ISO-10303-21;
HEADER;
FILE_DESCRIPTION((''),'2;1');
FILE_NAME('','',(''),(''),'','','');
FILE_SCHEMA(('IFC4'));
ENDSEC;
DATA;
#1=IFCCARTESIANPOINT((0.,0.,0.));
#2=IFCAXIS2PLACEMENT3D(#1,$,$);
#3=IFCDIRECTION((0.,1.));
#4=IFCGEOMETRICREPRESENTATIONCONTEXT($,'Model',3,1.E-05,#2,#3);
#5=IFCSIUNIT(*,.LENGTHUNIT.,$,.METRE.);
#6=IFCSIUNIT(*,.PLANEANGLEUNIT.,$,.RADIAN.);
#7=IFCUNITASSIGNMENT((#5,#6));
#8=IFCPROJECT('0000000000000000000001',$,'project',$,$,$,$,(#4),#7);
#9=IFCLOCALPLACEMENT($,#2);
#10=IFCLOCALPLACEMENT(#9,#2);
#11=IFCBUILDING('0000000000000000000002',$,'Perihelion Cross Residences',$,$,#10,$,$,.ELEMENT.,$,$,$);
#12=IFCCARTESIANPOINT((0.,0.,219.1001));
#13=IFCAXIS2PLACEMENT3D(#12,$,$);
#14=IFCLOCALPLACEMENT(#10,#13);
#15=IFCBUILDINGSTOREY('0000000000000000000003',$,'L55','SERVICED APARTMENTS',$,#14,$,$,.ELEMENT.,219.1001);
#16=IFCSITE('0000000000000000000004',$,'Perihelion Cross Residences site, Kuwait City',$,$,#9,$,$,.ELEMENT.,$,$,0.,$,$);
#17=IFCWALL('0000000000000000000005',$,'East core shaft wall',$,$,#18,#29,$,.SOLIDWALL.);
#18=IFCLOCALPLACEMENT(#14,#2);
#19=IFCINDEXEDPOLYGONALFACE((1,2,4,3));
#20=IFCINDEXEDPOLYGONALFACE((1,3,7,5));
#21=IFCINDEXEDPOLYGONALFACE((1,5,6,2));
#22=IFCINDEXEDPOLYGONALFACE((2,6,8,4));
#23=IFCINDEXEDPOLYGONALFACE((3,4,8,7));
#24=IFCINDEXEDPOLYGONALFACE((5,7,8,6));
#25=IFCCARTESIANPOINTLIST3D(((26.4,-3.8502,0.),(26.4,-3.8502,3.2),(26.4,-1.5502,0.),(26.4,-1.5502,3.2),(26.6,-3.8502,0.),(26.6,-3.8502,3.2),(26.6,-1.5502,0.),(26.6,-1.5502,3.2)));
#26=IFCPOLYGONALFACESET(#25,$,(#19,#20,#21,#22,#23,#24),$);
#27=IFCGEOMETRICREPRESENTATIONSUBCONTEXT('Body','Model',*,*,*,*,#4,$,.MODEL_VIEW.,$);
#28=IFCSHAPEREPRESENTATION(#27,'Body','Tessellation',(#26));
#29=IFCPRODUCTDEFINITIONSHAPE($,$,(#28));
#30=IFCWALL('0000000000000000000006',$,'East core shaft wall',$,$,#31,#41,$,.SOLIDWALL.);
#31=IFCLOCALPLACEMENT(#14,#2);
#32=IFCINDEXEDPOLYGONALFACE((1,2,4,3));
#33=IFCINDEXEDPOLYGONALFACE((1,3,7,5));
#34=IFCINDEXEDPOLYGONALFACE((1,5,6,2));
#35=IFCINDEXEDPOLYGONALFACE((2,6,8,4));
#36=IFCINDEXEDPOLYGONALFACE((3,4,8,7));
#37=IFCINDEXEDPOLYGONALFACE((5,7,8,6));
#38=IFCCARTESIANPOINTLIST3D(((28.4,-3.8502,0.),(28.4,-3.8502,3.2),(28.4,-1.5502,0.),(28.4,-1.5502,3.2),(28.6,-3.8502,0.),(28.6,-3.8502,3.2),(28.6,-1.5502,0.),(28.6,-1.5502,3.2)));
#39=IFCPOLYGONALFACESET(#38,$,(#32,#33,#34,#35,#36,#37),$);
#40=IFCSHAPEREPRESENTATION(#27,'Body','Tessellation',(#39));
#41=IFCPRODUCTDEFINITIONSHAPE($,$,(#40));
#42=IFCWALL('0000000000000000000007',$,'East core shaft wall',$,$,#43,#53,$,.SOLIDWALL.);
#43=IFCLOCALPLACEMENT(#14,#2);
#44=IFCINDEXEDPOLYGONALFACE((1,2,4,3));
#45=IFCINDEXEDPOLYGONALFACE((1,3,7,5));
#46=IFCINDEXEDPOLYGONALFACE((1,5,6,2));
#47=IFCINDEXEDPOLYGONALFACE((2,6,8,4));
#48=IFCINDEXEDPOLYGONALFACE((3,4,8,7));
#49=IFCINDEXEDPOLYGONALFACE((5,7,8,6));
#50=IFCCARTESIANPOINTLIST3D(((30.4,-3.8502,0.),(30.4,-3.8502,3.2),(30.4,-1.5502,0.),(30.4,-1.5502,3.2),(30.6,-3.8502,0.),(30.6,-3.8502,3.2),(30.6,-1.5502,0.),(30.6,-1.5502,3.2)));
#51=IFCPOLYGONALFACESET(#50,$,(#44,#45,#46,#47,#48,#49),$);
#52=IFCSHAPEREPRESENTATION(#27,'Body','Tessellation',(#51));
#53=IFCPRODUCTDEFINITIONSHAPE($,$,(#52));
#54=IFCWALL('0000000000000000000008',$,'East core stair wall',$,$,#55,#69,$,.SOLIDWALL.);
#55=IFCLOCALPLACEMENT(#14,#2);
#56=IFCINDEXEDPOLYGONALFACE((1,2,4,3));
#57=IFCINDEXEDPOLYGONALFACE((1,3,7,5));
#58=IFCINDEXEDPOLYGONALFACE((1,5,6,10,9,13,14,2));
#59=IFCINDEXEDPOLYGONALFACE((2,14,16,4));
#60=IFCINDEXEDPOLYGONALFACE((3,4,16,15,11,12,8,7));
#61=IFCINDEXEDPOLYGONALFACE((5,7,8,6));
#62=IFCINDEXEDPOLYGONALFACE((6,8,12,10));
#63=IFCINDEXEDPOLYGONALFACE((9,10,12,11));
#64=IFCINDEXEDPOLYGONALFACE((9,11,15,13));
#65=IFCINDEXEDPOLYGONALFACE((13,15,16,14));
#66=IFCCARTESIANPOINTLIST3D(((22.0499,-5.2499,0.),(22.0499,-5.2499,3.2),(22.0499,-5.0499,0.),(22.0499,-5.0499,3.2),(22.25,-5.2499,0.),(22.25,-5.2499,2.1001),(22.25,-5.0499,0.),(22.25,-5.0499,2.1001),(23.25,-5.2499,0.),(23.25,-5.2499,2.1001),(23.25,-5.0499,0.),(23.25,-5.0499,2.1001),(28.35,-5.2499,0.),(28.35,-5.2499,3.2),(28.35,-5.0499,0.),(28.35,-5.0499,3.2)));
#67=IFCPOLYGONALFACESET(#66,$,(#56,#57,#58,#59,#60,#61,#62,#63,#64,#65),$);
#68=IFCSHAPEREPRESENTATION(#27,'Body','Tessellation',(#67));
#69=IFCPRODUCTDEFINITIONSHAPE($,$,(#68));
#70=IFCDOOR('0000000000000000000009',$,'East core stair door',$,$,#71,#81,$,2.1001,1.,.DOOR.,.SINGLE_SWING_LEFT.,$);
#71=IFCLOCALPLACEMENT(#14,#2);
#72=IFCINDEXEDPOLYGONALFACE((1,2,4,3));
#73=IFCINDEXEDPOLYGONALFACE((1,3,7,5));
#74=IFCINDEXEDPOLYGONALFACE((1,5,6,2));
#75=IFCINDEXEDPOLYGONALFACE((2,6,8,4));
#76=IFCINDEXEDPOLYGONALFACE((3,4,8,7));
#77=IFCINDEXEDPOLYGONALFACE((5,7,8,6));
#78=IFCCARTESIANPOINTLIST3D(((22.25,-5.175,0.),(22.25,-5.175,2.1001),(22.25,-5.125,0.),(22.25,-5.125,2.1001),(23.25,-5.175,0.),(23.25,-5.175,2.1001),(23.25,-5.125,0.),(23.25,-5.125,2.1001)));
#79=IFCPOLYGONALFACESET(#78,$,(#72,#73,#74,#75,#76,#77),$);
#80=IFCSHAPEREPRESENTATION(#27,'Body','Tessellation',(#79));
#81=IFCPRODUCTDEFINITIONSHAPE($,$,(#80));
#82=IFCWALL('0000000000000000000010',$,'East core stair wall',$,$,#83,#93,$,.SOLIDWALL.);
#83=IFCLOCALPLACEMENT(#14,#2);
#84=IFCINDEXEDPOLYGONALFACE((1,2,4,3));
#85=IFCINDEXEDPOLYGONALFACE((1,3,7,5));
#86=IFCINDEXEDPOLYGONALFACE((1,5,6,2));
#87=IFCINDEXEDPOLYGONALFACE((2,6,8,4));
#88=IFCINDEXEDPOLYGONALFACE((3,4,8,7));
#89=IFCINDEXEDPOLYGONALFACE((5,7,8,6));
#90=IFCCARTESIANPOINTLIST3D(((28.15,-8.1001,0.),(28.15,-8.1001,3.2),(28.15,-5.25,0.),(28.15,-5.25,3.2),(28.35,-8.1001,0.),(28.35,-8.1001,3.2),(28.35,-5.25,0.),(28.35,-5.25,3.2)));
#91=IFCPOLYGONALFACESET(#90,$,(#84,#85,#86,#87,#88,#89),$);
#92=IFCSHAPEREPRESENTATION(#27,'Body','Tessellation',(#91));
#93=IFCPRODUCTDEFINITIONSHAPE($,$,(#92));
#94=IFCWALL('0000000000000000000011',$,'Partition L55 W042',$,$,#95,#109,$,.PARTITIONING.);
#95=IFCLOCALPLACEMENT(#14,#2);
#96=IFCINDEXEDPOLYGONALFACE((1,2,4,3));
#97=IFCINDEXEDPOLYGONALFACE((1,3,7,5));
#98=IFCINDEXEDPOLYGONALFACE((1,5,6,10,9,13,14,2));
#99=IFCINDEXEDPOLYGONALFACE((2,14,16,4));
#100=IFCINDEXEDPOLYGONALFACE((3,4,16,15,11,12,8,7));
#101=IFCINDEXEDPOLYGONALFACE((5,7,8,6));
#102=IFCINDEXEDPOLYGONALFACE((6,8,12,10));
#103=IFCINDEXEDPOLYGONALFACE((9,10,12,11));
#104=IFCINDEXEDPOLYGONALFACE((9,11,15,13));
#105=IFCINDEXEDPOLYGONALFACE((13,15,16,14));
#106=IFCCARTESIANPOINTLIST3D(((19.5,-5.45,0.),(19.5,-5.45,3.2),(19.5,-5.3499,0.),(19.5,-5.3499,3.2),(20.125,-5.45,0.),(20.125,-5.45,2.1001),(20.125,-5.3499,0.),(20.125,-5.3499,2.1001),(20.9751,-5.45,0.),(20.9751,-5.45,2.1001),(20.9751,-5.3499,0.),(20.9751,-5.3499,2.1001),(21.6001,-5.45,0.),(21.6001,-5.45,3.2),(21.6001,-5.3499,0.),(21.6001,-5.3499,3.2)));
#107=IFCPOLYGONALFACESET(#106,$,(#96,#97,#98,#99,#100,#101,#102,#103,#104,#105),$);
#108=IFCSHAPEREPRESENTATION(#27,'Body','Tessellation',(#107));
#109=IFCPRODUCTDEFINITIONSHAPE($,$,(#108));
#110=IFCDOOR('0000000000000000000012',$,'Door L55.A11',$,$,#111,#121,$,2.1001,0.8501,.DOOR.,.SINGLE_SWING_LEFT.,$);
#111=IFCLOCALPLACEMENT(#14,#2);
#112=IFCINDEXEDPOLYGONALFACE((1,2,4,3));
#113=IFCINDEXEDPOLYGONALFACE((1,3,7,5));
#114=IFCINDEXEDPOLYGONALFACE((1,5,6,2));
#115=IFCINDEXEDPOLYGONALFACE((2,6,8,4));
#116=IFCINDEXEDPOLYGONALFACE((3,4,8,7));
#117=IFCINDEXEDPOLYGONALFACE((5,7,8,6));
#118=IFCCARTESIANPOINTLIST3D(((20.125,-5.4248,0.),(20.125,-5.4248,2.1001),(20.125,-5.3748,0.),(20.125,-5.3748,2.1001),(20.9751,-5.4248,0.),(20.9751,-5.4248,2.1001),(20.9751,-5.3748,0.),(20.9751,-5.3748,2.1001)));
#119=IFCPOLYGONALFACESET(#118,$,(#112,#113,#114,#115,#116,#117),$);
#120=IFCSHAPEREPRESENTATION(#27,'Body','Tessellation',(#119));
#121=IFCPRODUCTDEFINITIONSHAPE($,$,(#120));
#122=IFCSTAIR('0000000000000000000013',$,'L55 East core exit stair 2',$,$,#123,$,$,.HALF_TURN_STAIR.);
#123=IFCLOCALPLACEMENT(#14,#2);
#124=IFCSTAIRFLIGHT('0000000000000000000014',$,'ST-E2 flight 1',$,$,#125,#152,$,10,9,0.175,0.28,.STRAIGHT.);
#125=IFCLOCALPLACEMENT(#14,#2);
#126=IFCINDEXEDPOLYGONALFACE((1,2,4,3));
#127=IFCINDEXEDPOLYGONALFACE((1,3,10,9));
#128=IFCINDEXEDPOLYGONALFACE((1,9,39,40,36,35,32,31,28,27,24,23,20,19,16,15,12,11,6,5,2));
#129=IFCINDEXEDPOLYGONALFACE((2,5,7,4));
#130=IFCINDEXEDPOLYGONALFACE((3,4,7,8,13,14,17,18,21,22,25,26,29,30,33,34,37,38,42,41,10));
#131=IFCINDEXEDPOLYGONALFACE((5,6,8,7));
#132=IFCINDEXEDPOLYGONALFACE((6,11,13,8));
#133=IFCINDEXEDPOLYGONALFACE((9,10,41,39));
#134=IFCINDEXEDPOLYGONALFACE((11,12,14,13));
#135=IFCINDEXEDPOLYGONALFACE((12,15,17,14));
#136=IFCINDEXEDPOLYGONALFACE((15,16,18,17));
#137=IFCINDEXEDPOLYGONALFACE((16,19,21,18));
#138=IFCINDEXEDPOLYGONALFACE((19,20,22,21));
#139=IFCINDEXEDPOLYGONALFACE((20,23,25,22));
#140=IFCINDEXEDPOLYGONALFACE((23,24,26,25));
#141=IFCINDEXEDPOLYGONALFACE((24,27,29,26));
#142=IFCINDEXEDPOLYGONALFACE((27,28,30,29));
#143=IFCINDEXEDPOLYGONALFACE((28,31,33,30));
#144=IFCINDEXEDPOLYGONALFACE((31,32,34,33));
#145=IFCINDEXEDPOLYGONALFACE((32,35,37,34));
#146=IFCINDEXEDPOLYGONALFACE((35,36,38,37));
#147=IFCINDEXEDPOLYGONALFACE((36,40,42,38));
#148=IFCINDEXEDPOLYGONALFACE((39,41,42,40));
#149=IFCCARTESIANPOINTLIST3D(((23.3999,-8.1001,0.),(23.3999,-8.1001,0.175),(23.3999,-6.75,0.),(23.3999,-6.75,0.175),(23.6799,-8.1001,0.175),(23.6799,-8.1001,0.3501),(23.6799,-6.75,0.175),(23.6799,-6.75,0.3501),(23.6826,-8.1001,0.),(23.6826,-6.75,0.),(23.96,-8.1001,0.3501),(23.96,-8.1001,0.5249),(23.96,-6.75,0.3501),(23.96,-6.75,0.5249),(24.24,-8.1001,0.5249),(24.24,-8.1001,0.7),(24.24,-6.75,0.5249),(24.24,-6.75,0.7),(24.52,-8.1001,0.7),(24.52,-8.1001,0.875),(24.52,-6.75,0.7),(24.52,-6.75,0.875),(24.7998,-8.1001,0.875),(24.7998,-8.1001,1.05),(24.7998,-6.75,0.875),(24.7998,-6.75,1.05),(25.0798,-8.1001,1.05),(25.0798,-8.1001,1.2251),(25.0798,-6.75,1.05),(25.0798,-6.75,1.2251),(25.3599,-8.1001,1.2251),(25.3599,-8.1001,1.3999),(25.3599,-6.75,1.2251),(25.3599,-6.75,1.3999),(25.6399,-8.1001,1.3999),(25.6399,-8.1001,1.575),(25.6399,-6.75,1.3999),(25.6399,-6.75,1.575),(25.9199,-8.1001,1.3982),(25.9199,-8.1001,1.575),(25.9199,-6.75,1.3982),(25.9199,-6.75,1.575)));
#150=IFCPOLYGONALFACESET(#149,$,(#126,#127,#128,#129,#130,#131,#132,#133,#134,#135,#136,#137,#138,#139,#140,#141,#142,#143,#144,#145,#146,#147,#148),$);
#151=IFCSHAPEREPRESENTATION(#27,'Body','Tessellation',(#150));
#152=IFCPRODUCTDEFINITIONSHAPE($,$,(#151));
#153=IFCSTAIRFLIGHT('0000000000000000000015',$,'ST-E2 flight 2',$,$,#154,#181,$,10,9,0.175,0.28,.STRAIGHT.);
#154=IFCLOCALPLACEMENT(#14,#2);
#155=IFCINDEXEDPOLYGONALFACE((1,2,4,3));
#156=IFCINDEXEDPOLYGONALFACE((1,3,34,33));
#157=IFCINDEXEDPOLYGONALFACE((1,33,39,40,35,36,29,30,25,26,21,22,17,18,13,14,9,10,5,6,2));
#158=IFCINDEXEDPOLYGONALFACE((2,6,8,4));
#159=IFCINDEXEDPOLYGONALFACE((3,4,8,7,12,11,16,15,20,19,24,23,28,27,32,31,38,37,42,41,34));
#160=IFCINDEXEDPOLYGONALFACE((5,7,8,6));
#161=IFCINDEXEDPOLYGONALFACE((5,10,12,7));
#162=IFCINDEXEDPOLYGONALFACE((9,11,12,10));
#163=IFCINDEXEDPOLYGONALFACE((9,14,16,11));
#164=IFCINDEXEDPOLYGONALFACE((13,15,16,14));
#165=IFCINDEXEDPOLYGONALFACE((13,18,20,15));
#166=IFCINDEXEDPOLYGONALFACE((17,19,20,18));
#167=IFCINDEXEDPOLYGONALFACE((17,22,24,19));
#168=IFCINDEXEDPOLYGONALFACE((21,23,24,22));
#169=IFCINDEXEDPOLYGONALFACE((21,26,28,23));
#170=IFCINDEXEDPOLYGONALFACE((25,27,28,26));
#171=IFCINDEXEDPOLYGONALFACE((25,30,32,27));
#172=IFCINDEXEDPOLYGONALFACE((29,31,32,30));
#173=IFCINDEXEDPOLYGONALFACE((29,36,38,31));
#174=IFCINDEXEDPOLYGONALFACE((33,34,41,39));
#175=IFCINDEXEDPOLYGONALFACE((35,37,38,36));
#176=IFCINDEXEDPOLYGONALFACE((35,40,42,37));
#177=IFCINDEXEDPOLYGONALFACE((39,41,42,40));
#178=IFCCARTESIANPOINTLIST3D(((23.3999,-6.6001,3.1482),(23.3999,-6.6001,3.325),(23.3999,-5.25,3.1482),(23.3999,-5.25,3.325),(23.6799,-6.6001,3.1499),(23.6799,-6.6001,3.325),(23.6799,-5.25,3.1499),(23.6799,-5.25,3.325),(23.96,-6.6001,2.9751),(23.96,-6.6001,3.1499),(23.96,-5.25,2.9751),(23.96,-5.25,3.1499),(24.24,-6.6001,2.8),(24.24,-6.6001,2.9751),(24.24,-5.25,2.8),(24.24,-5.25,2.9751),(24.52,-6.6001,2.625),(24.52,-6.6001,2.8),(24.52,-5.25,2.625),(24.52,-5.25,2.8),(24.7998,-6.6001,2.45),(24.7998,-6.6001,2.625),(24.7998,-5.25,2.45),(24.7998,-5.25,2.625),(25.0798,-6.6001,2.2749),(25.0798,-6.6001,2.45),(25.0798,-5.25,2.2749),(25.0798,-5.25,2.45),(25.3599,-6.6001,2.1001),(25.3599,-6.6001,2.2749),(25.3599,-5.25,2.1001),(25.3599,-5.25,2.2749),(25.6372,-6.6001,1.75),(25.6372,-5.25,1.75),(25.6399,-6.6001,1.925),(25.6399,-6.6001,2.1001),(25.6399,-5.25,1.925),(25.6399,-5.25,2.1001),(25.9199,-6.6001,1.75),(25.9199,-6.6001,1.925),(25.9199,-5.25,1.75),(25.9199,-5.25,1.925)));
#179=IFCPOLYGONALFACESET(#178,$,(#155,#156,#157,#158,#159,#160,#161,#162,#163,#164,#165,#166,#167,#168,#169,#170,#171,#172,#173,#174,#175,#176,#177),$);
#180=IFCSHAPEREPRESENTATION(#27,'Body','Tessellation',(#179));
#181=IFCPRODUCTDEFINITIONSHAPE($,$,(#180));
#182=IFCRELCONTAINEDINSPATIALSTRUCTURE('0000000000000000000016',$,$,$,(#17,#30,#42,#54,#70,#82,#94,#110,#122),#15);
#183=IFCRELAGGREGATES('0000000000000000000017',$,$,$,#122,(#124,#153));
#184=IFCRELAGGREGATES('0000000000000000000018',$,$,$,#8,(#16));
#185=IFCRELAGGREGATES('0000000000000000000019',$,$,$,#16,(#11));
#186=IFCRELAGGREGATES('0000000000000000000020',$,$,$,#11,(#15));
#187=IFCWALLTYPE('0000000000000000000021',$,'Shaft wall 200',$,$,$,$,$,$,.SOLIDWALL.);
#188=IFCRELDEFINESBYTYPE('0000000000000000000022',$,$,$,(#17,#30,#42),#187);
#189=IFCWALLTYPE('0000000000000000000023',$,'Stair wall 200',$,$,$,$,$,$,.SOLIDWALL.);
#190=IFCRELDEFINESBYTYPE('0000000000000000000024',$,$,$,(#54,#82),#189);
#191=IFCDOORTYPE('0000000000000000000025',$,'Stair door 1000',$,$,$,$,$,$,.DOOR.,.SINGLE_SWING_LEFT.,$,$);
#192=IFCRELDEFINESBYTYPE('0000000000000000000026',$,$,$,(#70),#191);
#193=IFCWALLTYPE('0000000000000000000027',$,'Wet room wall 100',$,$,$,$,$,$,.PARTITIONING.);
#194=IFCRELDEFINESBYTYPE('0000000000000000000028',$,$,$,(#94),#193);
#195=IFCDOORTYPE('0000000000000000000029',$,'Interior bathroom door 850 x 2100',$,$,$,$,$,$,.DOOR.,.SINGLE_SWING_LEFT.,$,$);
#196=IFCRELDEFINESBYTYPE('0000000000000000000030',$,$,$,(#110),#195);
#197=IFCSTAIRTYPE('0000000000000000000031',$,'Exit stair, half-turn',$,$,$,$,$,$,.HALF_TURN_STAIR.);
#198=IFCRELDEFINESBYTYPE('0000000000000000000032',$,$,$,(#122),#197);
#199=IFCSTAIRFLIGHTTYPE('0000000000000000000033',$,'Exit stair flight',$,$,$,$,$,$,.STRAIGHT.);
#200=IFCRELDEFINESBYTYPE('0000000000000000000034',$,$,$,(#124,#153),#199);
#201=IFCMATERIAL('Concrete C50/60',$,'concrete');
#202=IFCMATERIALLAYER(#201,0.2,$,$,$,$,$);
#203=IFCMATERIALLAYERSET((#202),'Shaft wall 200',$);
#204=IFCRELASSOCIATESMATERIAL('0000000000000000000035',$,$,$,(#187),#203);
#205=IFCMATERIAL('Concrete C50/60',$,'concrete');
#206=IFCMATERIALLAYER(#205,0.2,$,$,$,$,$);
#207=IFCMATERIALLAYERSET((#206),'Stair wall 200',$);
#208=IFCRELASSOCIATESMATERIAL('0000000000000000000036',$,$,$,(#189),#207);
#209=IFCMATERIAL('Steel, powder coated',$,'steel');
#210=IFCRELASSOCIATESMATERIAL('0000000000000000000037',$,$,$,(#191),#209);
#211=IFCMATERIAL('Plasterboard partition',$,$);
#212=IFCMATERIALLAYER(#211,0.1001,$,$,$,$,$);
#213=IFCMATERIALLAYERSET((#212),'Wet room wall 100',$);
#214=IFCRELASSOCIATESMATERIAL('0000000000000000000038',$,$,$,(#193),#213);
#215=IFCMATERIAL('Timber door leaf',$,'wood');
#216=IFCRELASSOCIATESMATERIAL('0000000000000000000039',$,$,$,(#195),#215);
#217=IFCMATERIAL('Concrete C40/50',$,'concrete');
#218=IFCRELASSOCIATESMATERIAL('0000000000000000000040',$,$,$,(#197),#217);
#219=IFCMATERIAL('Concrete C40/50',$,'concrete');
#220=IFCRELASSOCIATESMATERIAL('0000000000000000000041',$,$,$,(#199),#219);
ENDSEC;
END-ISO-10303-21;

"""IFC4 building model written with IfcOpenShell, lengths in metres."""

from ifc_helpers import new_model, si_unit, direction, frame, frame_2d, origin, place, context, subcontext, project, spatial, polyline, rectangle, outline, extrude, material, layer, layer_set, type_object, element, fill, aggregate, save


model = new_model("IFC4")

# Units and contexts
model_context = context("Model", 3, precision=1e-05, world=origin(), true_north=direction((0.0, 1.0)))
body_context = subcontext(model_context, "Body", "Model", "MODEL_VIEW")
ifc_project = project(units=[si_unit("LENGTHUNIT", "METRE"), si_unit("PLANEANGLEUNIT", "RADIAN")], contexts=[model_context])

# Site, building, storey
site_placement = place(None, origin())
site = spatial("IfcSite", under=ifc_project, at=site_placement, Name="Perihelion Cross Residences site, Kuwait City", CompositionType="ELEMENT", RefElevation=0.0)
building_placement = place(site_placement, origin())
building = spatial("IfcBuilding", under=site, at=building_placement, Name="Perihelion Cross Residences", CompositionType="ELEMENT")
storey_placement = place(building_placement, frame((0.0, 0.0, 219.1001)))
storey = spatial("IfcBuildingStorey", under=building, at=storey_placement, Name="L55", Description="SERVICED APARTMENTS", CompositionType="ELEMENT", Elevation=219.1001)

# Walls
ifc_material_1 = material(Name="Concrete C50/60", Category="concrete")
ifc_layer_1 = layer(ifc_material_1, 0.2)
ifc_layer_set_1 = layer_set([ifc_layer_1], Name="Shaft wall 200")
wall_type_1 = type_object("IfcWallType", Name="Shaft wall 200", PredefinedType="SOLIDWALL", material=ifc_layer_set_1)
for number, where, z_axis, x_axis, name in (
    (1, (26.5, -3.8501, 0.0), (0.0, 0.0, 1.0), (0.0, 1.0, 0.0), "East core shaft wall"),
    (2, (28.5, -3.8501, 0.0), (0.0, 0.0, 1.0), (0.0, 1.0, 0.0), "East core shaft wall"),
    (3, (30.5, -3.8501, 0.0), (0.0, 0.0, 1.0), (0.0, 1.0, 0.0), "East core shaft wall"),
):
    element("IfcWall", number, at=place(storey_placement, frame(where, z_axis=z_axis, x_axis=x_axis)), inside=storey, type_object=wall_type_1, Name=name, PredefinedType="SOLIDWALL", context=body_context, shape_type="SweptSolid", body=[
        extrude(rectangle(XDim=2.3, YDim=0.2, at=frame_2d((1.1499, 0.0))), origin(), (0.0, 0.0, 1.0), 3.2),
    ])

# Wall, opening, door
ifc_material_2 = material(Name="Concrete C50/60", Category="concrete")
ifc_layer_2 = layer(ifc_material_2, 0.2)
ifc_layer_set_2 = layer_set([ifc_layer_2], Name="Stair wall 200")
wall_type_2 = type_object("IfcWallType", Name="Stair wall 200", PredefinedType="SOLIDWALL", material=ifc_layer_set_2)
wall_1_placement = place(storey_placement, frame((22.05, -5.1499, 0.0), z_axis=(0.0, 0.0, 1.0), x_axis=(1.0, 0.0, 0.0)))
wall_1 = element("IfcWall", 4, at=wall_1_placement, inside=storey, type_object=wall_type_2, Name="East core stair wall", PredefinedType="SOLIDWALL", context=body_context, shape_type="SweptSolid", body=[
    extrude(rectangle(XDim=6.3, YDim=0.2, at=frame_2d((3.1499, 0.0))), origin(), (0.0, 0.0, 1.0), 3.2),
])
opening_1_placement = place(wall_1_placement, frame((0.2, 0.0, 0.0)))
opening_1 = element("IfcOpeningElement", 5, at=opening_1_placement, cuts=wall_1, PredefinedType="OPENING", context=body_context, shape_type="SweptSolid", body=[
    extrude(rectangle(XDim=1.0, YDim=2.1001, at=frame_2d((0.5, 1.05))), frame((0.0, 0.1099, 0.0), z_axis=(0.0, -1.0, 0.0), x_axis=(1.0, 0.0, 0.0)), (0.0, 0.0, 1.0), 0.22),
])
ifc_material_3 = material(Name="Steel, powder coated", Category="steel")
door_type_1 = type_object("IfcDoorType", Name="Stair door 1000", OperationType="SINGLE_SWING_LEFT", PredefinedType="DOOR", material=ifc_material_3)
door_1_placement = place(opening_1_placement, origin())
door_1 = element("IfcDoor", 6, at=door_1_placement, inside=storey, type_object=door_type_1, Name="East core stair door", OperationType="SINGLE_SWING_LEFT", OverallHeight=2.1001, OverallWidth=1.0, PredefinedType="DOOR", context=body_context, shape_type="SweptSolid", body=[
    extrude(rectangle(XDim=1.0, YDim=2.1001, at=frame_2d((0.5, 1.05))), frame((0.0, 0.0249, 0.0), z_axis=(0.0, -1.0, 0.0), x_axis=(1.0, 0.0, 0.0)), (0.0, 0.0, 1.0), 0.05),
])
fill(opening_1, door_1)

# Wall
wall_2_placement = place(storey_placement, frame((28.25, -8.1001, 0.0), z_axis=(0.0, 0.0, 1.0), x_axis=(0.0, 1.0, 0.0)))
element("IfcWall", 7, at=wall_2_placement, inside=storey, type_object=wall_type_2, Name="East core stair wall", PredefinedType="SOLIDWALL", context=body_context, shape_type="SweptSolid", body=[
    extrude(rectangle(XDim=2.8501, YDim=0.2, at=frame_2d((1.425, 0.0))), origin(), (0.0, 0.0, 1.0), 3.2),
])

# Wall, opening, door
ifc_material_4 = material(Name="Plasterboard partition")
ifc_layer_3 = layer(ifc_material_4, 0.1001)
ifc_layer_set_3 = layer_set([ifc_layer_3], Name="Wet room wall 100")
wall_type_3 = type_object("IfcWallType", Name="Wet room wall 100", PredefinedType="PARTITIONING", material=ifc_layer_set_3)
wall_3_placement = place(storey_placement, frame((21.6001, -5.3999, 0.0), z_axis=(0.0, 0.0, 1.0), x_axis=(-1.0, 0.0, 0.0)))
wall_3 = element("IfcWall", 8, at=wall_3_placement, inside=storey, type_object=wall_type_3, Name="Partition L55 W042", PredefinedType="PARTITIONING", context=body_context, shape_type="SweptSolid", body=[
    extrude(rectangle(XDim=2.1001, YDim=0.1001, at=frame_2d((1.05, 0.0))), origin(), (0.0, 0.0, 1.0), 3.2),
])
opening_2_placement = place(wall_3_placement, frame((0.625, 0.0, 0.0)))
opening_2 = element("IfcOpeningElement", 9, at=opening_2_placement, cuts=wall_3, PredefinedType="OPENING", context=body_context, shape_type="SweptSolid", body=[
    extrude(rectangle(XDim=0.8501, YDim=2.1001, at=frame_2d((0.425, 1.05))), frame((0.0, 0.0601, 0.0), z_axis=(0.0, -1.0, 0.0), x_axis=(1.0, 0.0, 0.0)), (0.0, 0.0, 1.0), 0.1201),
])
ifc_material_5 = material(Name="Timber door leaf", Category="wood")
door_type_2 = type_object("IfcDoorType", Name="Interior bathroom door 850 x 2100", OperationType="SINGLE_SWING_LEFT", PredefinedType="DOOR", material=ifc_material_5)
door_2_placement = place(opening_2_placement, origin())
door_2 = element("IfcDoor", 10, at=door_2_placement, inside=storey, type_object=door_type_2, Name="Door L55.A11", OperationType="SINGLE_SWING_LEFT", OverallHeight=2.1001, OverallWidth=0.8501, PredefinedType="DOOR", context=body_context, shape_type="SweptSolid", body=[
    extrude(rectangle(XDim=0.8501, YDim=2.1001, at=frame_2d((0.425, 1.05))), frame((0.0, 0.0249, 0.0), z_axis=(0.0, -1.0, 0.0), x_axis=(1.0, 0.0, 0.0)), (0.0, 0.0, 1.0), 0.05),
])
fill(opening_2, door_2)

# Stair, stair flights
ifc_material_6 = material(Name="Concrete C40/50", Category="concrete")
stair_type = type_object("IfcStairType", Name="Exit stair, half-turn", PredefinedType="HALF_TURN_STAIR", material=ifc_material_6)
stair_placement = place(storey_placement, origin())
stair = element("IfcStair", 11, at=stair_placement, inside=storey, type_object=stair_type, Name="L55 East core exit stair 2", PredefinedType="HALF_TURN_STAIR")
ifc_material_7 = material(Name="Concrete C40/50", Category="concrete")
stair_flight_type = type_object("IfcStairFlightType", Name="Exit stair flight", PredefinedType="STRAIGHT", material=ifc_material_7)
stair_flight_1_placement = place(storey_placement, frame((23.3999, -7.425, 0.0), z_axis=(0.0, 0.0, 1.0), x_axis=(1.0, 0.0, 0.0)))
stair_flight_1 = element("IfcStairFlight", 12, at=stair_flight_1_placement, type_object=stair_flight_type, Name="ST-E2 flight 1", NumberOfRisers=10, NumberOfTreads=9, PredefinedType="STRAIGHT", RiserHeight=0.175, TreadLength=0.28, context=body_context, shape_type="SweptSolid", body=[
    extrude(outline(polyline([(0.0, 0.0), (0.0, 0.175), (0.28, 0.175), (0.28, 0.3501), (0.5601, 0.3501), (0.5601, 0.5249), (0.8401, 0.5249), (0.8401, 0.7), (1.1201, 0.7), (1.1201, 0.875), (1.3999, 0.875), (1.3999, 1.05), (1.6799, 1.05), (1.6799, 1.2251), (1.96, 1.2251), (1.96, 1.3999), (2.24, 1.3999), (2.24, 1.575), (2.52, 1.575), (2.52, 1.75), (2.52, 1.3982), (0.2827, 0.0), (0.0, 0.0)])), frame((0.0, 0.675, 0.0), z_axis=(0.0, -1.0, 0.0), x_axis=(1.0, 0.0, 0.0)), (0.0, 0.0, 1.0), 1.3501),
])
stair_flight_2_placement = place(storey_placement, frame((25.9199, -5.925, 1.75), z_axis=(0.0, 0.0, 1.0), x_axis=(-1.0, 0.0, 0.0)))
stair_flight_2 = element("IfcStairFlight", 13, at=stair_flight_2_placement, type_object=stair_flight_type, Name="ST-E2 flight 2", NumberOfRisers=10, NumberOfTreads=9, PredefinedType="STRAIGHT", RiserHeight=0.175, TreadLength=0.28, context=body_context, shape_type="SweptSolid", body=[
    extrude(outline(polyline([(0.0, 0.0), (0.0, 0.175), (0.28, 0.175), (0.28, 0.3501), (0.5601, 0.3501), (0.5601, 0.5249), (0.8401, 0.5249), (0.8401, 0.7), (1.1201, 0.7), (1.1201, 0.875), (1.3999, 0.875), (1.3999, 1.05), (1.6799, 1.05), (1.6799, 1.2251), (1.96, 1.2251), (1.96, 1.3999), (2.24, 1.3999), (2.24, 1.575), (2.52, 1.575), (2.52, 1.75), (2.52, 1.3982), (0.2827, 0.0), (0.0, 0.0)])), frame((0.0, 0.675, 0.0), z_axis=(0.0, -1.0, 0.0), x_axis=(1.0, 0.0, 0.0)), (0.0, 0.0, 1.0), 1.3501),
])
aggregate(stair, [stair_flight_1, stair_flight_2])

save(model, "model.ifc")
